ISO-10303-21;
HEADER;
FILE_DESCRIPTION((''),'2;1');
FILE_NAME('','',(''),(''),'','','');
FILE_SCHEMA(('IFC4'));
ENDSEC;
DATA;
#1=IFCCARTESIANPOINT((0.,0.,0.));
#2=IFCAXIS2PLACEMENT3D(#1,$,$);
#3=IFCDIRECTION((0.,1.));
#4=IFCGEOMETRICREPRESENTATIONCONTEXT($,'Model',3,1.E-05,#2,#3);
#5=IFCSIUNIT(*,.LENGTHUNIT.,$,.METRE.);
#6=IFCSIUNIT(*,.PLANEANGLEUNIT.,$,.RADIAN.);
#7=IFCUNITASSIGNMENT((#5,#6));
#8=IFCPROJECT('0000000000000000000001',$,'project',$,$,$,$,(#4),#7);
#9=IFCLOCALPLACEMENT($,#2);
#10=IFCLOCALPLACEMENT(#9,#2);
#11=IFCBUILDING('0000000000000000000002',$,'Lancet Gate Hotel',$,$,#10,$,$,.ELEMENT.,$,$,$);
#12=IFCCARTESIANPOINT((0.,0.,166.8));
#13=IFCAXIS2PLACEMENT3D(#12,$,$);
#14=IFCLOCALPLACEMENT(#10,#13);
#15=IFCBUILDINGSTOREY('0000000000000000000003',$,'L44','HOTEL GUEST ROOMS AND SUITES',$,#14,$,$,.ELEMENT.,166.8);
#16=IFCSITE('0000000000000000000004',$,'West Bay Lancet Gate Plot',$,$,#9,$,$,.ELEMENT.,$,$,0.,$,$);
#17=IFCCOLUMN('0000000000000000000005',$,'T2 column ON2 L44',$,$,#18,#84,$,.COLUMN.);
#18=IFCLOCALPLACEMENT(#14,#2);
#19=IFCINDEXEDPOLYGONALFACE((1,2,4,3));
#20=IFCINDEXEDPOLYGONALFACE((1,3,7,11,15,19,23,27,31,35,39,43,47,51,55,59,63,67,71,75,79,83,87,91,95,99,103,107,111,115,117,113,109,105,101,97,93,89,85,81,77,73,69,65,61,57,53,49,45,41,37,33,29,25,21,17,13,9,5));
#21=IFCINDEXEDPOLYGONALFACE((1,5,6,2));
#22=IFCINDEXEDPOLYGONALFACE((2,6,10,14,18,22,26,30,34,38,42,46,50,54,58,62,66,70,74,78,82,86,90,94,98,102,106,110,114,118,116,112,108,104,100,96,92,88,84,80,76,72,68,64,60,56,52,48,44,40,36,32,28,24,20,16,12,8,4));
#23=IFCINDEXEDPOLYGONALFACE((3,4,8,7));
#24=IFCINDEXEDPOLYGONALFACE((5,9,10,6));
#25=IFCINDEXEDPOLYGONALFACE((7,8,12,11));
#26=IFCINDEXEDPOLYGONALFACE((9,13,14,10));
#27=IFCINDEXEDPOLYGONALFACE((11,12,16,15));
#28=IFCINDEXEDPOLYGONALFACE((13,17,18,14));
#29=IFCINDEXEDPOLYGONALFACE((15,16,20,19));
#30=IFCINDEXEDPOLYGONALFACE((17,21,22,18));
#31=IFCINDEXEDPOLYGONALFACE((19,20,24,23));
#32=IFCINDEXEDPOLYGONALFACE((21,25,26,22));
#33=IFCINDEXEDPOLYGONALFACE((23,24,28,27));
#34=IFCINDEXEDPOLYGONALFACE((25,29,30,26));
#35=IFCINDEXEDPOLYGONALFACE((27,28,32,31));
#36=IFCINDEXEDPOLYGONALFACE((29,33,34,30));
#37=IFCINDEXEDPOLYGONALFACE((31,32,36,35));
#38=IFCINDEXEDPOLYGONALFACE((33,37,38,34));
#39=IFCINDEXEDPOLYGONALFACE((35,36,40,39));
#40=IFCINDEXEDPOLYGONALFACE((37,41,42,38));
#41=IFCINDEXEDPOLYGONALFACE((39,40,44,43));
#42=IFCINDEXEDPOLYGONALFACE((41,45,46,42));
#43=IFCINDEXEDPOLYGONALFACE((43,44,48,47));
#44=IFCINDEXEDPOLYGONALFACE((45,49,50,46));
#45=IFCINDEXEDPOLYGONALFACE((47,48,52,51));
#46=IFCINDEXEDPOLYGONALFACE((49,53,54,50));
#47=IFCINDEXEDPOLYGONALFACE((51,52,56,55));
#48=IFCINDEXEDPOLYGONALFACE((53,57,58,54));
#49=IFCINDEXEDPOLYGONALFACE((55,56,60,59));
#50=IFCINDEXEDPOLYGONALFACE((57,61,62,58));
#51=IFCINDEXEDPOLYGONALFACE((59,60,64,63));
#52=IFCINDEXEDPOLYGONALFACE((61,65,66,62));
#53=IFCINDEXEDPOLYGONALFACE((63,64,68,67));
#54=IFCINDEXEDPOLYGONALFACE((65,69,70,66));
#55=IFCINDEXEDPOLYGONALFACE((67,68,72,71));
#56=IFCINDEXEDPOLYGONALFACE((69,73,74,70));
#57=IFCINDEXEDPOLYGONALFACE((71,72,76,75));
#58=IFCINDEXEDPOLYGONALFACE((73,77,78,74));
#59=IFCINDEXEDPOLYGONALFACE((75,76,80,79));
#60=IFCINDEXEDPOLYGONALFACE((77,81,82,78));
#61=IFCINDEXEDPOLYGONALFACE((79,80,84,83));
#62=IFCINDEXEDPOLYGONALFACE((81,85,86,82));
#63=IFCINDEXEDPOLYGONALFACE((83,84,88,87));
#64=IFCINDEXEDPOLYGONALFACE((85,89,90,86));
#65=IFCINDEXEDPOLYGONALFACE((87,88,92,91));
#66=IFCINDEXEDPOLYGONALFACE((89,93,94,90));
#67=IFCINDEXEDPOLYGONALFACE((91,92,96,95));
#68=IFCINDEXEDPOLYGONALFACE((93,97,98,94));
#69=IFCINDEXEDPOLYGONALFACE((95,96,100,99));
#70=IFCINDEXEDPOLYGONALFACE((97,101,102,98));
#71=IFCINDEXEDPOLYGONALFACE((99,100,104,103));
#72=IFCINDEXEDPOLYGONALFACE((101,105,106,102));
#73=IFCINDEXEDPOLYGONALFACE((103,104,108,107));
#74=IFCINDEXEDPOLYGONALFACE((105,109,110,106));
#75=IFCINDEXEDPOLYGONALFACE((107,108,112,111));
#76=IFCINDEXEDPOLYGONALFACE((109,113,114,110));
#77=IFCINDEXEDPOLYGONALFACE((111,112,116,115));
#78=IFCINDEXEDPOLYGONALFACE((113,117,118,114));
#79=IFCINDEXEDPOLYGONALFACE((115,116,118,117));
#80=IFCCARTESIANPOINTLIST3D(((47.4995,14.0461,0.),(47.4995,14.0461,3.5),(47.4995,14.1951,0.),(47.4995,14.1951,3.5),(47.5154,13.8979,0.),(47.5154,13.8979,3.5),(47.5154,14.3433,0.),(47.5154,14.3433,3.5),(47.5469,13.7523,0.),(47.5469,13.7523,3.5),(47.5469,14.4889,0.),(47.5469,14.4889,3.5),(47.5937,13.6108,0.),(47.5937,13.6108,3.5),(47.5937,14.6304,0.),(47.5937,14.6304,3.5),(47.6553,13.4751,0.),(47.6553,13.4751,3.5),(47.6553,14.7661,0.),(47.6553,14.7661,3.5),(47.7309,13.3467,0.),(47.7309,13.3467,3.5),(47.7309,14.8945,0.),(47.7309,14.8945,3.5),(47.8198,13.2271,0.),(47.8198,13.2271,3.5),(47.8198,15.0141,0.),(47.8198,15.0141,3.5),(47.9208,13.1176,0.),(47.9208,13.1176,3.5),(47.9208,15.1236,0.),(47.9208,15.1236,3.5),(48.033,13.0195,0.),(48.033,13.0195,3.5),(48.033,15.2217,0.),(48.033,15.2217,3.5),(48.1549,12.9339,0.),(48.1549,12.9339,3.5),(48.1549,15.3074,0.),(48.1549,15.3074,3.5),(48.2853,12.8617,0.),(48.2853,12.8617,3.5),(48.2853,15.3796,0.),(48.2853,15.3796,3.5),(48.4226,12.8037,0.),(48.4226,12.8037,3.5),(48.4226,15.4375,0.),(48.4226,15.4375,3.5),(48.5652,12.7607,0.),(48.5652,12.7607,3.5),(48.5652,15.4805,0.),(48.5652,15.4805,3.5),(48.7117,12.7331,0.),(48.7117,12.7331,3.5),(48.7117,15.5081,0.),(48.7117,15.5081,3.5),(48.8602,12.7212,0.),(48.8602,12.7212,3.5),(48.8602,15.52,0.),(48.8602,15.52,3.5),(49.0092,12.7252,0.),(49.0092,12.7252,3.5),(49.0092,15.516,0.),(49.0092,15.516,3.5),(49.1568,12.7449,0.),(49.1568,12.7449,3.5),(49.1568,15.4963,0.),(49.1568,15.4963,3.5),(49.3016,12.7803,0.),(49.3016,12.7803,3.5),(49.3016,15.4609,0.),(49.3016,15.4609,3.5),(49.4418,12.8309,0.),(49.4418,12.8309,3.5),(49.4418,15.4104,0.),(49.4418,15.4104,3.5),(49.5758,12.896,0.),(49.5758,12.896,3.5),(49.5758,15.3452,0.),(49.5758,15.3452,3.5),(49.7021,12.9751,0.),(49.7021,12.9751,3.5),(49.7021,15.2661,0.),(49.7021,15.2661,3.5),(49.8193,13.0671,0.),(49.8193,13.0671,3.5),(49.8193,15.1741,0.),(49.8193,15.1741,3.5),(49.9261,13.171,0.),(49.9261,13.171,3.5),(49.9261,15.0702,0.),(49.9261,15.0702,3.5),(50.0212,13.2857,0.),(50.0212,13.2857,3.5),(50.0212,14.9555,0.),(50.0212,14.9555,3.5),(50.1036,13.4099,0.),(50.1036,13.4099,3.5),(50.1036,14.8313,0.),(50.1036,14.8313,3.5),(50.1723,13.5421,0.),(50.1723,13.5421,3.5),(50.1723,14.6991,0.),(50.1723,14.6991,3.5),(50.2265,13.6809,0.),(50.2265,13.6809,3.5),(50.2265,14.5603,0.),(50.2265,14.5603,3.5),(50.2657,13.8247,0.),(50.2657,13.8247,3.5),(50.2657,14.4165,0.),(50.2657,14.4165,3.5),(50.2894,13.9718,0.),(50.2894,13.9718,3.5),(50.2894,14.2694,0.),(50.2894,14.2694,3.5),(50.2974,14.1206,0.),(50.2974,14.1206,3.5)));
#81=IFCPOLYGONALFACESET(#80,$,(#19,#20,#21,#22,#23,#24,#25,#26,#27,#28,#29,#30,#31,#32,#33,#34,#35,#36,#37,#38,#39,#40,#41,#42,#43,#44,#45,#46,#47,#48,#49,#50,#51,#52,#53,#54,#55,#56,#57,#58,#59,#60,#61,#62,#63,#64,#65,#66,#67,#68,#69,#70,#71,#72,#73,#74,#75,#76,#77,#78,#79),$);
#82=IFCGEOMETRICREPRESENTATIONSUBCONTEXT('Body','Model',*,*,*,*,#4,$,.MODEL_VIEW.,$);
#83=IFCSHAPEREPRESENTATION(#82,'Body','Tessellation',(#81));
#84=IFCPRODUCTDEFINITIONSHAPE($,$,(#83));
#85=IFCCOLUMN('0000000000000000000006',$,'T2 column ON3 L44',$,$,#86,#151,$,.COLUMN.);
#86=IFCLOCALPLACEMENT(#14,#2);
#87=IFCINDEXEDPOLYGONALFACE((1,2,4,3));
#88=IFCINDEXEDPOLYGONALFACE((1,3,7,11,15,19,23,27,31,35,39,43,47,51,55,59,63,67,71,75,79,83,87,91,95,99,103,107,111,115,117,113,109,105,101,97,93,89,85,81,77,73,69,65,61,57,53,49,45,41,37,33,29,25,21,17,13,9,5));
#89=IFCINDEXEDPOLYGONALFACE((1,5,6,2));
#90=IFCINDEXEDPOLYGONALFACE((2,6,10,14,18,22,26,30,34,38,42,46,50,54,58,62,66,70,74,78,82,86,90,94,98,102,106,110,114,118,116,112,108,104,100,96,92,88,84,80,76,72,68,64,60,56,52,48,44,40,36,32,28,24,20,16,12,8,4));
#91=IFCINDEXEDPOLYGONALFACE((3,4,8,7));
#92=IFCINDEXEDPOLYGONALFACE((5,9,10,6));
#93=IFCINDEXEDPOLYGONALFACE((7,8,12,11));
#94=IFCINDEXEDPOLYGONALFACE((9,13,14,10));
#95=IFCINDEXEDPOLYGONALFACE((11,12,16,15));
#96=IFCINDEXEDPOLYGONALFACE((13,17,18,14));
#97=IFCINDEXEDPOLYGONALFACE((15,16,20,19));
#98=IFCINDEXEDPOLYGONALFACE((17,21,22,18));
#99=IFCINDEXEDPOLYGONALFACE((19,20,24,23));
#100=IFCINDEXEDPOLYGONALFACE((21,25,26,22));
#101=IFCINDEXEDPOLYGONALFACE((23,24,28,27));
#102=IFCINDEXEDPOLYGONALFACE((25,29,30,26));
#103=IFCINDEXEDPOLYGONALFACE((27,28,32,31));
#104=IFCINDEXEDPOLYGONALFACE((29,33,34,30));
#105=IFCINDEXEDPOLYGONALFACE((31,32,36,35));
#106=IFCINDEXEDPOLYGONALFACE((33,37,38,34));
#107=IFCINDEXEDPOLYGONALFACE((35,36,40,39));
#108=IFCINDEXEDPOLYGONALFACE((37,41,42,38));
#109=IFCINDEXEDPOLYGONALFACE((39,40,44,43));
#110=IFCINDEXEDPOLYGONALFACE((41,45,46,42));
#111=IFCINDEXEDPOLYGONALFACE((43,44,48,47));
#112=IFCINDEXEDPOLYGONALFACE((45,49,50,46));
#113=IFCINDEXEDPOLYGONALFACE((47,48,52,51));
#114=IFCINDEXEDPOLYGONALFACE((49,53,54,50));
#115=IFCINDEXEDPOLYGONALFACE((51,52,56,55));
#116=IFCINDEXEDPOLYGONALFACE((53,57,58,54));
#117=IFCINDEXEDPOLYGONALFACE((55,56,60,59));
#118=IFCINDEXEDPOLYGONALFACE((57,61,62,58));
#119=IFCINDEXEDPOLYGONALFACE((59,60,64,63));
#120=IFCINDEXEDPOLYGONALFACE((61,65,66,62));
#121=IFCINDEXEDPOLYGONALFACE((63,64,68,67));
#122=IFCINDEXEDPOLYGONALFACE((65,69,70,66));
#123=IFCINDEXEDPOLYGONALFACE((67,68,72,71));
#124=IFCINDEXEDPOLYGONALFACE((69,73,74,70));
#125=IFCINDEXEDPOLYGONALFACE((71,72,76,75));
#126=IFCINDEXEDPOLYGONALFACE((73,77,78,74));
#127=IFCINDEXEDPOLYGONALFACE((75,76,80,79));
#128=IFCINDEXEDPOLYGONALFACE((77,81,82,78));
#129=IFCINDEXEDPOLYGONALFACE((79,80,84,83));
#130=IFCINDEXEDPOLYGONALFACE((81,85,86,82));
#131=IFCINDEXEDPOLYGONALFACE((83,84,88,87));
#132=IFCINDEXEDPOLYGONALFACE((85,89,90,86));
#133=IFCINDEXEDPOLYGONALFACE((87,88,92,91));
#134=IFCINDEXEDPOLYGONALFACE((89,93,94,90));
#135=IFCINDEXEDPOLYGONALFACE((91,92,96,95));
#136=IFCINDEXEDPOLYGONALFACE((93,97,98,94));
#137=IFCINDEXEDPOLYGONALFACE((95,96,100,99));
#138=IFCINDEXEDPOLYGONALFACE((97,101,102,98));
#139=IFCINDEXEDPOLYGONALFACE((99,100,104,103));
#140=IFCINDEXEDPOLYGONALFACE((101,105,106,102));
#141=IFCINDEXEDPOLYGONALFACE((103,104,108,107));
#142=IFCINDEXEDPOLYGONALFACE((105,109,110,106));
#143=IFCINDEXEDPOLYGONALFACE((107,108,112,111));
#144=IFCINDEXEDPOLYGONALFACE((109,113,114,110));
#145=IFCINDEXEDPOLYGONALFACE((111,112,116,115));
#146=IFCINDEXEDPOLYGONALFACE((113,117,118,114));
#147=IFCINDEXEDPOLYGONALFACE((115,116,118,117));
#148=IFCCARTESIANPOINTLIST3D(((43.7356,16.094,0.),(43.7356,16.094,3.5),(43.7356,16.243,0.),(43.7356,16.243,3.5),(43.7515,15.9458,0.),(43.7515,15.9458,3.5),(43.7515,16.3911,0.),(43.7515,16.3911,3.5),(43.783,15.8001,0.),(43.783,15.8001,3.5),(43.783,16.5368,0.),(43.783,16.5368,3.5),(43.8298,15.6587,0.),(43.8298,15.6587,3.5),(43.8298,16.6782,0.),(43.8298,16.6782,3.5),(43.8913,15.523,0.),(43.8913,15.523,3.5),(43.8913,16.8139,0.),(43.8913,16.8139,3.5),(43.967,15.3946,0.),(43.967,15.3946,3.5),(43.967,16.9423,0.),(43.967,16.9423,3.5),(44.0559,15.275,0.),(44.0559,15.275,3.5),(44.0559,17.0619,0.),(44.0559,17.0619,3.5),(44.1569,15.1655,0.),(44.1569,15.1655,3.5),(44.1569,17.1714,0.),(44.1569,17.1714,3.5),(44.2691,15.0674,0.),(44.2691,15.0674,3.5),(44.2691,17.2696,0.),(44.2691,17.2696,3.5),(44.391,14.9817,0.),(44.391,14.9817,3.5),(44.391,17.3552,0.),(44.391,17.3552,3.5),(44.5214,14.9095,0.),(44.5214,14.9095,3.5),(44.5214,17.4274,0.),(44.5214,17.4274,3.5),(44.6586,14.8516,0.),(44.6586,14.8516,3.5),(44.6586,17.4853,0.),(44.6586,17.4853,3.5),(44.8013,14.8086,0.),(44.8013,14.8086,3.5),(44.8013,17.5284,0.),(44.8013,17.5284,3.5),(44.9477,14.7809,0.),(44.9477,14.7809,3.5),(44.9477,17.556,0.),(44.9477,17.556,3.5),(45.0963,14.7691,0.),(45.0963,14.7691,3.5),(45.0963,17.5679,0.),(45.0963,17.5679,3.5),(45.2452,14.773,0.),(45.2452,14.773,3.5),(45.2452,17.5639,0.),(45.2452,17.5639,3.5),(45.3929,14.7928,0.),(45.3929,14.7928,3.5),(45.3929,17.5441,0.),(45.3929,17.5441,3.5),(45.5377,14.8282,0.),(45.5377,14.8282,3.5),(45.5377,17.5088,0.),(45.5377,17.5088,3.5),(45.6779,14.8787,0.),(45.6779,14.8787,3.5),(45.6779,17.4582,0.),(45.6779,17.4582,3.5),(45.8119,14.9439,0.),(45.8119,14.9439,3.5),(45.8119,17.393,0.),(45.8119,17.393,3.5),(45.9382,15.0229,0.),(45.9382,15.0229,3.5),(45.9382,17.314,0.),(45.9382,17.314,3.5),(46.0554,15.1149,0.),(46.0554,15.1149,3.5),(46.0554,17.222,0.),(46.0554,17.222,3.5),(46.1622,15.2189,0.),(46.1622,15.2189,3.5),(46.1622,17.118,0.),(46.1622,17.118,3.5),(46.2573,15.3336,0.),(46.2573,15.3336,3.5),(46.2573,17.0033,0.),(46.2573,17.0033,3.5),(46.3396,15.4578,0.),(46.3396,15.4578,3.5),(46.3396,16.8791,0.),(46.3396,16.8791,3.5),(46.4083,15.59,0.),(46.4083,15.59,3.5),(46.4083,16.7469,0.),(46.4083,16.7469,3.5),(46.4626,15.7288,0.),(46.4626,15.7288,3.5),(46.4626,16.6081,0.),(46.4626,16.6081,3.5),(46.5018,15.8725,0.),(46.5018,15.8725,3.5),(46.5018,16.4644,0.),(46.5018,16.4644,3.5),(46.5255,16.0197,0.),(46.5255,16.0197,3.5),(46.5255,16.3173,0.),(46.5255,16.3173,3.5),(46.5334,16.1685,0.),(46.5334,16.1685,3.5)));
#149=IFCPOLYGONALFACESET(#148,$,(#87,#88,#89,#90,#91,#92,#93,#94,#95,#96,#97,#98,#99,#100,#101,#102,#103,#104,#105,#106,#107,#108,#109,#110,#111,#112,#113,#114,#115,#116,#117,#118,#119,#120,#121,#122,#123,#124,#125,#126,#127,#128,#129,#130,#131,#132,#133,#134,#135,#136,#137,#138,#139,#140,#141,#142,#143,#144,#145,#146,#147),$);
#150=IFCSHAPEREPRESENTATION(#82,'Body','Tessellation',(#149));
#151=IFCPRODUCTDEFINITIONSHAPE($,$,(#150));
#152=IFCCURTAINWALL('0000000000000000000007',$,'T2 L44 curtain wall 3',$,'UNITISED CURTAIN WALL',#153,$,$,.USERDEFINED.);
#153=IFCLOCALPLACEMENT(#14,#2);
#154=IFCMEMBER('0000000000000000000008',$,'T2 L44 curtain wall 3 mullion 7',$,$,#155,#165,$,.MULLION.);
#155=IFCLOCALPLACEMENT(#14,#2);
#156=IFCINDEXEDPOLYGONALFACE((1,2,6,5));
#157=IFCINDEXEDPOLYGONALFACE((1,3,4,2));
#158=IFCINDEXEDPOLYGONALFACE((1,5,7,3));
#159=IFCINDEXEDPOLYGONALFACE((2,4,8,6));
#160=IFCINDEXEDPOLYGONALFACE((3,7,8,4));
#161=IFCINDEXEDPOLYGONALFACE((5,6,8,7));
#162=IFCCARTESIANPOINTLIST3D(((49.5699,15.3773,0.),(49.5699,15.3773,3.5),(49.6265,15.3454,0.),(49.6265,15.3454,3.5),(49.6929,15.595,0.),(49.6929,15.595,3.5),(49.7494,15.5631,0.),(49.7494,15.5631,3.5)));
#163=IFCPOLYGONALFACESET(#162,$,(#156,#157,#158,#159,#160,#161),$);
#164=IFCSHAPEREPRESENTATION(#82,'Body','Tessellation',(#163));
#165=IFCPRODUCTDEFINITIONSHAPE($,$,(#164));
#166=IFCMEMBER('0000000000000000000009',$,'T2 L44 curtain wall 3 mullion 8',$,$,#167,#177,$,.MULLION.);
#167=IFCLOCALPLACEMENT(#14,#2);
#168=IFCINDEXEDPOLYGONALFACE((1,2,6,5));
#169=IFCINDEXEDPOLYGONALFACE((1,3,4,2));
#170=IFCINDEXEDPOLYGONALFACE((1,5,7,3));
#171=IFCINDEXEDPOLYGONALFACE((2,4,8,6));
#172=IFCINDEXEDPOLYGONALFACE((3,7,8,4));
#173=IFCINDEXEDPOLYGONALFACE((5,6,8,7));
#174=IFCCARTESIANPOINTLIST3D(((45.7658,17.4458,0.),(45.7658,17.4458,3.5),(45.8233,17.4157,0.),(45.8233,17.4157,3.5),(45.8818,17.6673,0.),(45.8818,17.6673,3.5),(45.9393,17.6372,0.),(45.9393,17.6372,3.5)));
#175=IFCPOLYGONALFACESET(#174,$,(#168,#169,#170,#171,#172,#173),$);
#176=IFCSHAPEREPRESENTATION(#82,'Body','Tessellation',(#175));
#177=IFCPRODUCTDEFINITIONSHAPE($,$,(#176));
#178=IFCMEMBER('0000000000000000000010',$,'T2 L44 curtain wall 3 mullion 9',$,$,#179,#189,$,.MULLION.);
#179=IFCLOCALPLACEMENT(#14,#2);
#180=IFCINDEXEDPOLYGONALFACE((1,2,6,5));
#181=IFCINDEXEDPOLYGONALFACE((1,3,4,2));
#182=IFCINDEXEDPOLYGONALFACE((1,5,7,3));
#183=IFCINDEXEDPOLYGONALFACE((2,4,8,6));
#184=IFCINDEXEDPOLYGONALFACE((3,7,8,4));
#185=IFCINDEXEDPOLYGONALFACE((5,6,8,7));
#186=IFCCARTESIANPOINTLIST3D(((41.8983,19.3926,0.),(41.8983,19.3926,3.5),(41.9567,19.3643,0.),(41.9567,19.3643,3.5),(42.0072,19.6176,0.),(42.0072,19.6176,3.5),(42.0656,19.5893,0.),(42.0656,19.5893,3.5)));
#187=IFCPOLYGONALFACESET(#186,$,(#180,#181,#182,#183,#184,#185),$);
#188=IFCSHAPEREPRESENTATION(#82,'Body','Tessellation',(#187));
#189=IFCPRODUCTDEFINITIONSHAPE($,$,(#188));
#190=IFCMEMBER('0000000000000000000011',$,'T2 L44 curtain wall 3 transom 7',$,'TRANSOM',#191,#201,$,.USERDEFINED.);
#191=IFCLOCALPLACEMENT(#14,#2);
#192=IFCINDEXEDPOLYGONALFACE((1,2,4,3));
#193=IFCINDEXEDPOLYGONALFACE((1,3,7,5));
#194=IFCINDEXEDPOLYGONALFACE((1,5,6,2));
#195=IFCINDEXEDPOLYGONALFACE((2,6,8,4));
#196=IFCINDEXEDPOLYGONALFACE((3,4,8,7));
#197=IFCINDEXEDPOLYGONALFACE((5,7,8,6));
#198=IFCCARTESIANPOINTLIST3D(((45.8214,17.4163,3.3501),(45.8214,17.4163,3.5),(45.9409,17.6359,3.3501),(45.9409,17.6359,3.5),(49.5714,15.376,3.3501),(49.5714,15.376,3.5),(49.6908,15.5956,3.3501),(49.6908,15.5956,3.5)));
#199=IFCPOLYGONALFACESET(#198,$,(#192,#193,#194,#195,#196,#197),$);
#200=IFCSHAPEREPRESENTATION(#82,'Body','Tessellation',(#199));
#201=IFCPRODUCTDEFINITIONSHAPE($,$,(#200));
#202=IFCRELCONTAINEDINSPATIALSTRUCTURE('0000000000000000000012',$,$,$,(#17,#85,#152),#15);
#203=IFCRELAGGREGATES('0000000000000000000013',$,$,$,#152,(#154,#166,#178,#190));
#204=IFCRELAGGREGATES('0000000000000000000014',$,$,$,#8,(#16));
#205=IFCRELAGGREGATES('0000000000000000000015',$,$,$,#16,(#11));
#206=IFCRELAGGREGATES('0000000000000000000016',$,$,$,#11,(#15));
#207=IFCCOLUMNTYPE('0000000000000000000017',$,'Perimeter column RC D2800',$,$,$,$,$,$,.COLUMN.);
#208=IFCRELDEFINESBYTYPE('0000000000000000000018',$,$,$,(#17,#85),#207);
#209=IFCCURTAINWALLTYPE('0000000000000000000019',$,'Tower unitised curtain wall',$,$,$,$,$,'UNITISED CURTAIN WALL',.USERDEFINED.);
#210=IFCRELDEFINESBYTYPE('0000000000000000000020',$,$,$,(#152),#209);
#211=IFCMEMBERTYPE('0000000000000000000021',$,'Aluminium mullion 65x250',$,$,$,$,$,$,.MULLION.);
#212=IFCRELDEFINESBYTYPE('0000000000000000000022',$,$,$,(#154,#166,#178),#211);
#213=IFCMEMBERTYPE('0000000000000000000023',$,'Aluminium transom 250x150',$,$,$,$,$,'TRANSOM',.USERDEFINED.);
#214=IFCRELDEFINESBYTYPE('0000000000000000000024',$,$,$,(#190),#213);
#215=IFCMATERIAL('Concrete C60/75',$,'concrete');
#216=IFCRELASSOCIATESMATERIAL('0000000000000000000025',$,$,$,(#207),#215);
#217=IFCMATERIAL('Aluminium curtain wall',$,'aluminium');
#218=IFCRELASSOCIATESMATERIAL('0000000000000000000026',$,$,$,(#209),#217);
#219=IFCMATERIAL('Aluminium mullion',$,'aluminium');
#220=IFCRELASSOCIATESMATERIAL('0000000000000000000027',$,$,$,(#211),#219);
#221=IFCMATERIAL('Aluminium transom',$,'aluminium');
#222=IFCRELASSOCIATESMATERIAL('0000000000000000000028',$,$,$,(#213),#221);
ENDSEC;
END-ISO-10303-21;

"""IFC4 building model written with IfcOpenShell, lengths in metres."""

from ifc_helpers import new_model, si_unit, direction, frame, origin, origin_2d, place, context, subcontext, project, spatial, rectangle, circle, extrude, material, material_profile, profile_set, type_object, element, aggregate, save


model = new_model("IFC4")

# Units and contexts
model_context = context("Model", 3, precision=1e-05, world=origin(), true_north=direction((0.0, 1.0)))
body_context = subcontext(model_context, "Body", "Model", "MODEL_VIEW")
ifc_project = project(units=[si_unit("LENGTHUNIT", "METRE"), si_unit("PLANEANGLEUNIT", "RADIAN")], contexts=[model_context])

# Site, building, storey
site_placement = place(None, origin())
site = spatial("IfcSite", under=ifc_project, at=site_placement, Name="West Bay Lancet Gate Plot", CompositionType="ELEMENT", RefElevation=0.0)
building_placement = place(site_placement, origin())
building = spatial("IfcBuilding", under=site, at=building_placement, Name="Lancet Gate Hotel", CompositionType="ELEMENT")
storey_placement = place(building_placement, frame((0.0, 0.0, 166.8)))
storey = spatial("IfcBuildingStorey", under=building, at=storey_placement, Name="L44", Description="HOTEL GUEST ROOMS AND SUITES", CompositionType="ELEMENT", Elevation=166.8)

# Columns
ifc_material_1 = material(Name="Concrete C60/75", Category="concrete")
ifc_material_profile_1 = material_profile(ifc_material_1, circle(Radius=1.3999, at=origin_2d()), Name="RC D2800")
ifc_profile_set_1 = profile_set([ifc_material_profile_1], Name="Concrete C60/75")
column_type = type_object("IfcColumnType", Name="Perimeter column RC D2800", PredefinedType="COLUMN", material=ifc_profile_set_1)
for number, where, z_axis, x_axis, name in (
    (1, (48.8975, 14.1206, 0.0), (0.0, 0.0, 1.0), (1.0, 0.0, 0.0), "T2 column ON2 L44"),
    (2, (45.1335, 16.1685, 0.0), (0.0, 0.0, 1.0), (1.0, 0.0, 0.0), "T2 column ON3 L44"),
):
    element("IfcColumn", number, at=place(storey_placement, frame(where, z_axis=z_axis, x_axis=x_axis)), inside=storey, type_object=column_type, Name=name, PredefinedType="COLUMN", context=body_context, shape_type="SweptSolid", body=[
        extrude(circle(Radius=1.3999, at=origin_2d()), origin(), (0.0, 0.0, 1.0), 3.5),
    ])

# Curtain wall, members
ifc_material_2 = material(Name="Aluminium curtain wall", Category="aluminium")
curtain_wall_type = type_object("IfcCurtainWallType", Name="Tower unitised curtain wall", ElementType="UNITISED CURTAIN WALL", PredefinedType="USERDEFINED", material=ifc_material_2)
curtain_wall_placement = place(storey_placement, origin())
curtain_wall = element("IfcCurtainWall", 3, at=curtain_wall_placement, inside=storey, type_object=curtain_wall_type, Name="T2 L44 curtain wall 3", ObjectType="UNITISED CURTAIN WALL", PredefinedType="USERDEFINED")
ifc_material_3 = material(Name="Aluminium mullion", Category="aluminium")
ifc_material_profile_2 = material_profile(ifc_material_3, rectangle(XDim=0.0649, YDim=0.25, at=origin_2d()), Name="MULLION 65x250")
ifc_profile_set_2 = profile_set([ifc_material_profile_2], Name="Aluminium mullion")
member_type_1 = type_object("IfcMemberType", Name="Aluminium mullion 65x250", PredefinedType="MULLION", material=ifc_profile_set_2)
member_1_placement = place(storey_placement, frame((49.6597, 15.4702, 0.0), z_axis=(0.0, 0.0, 1.0), x_axis=(-0.870722, 0.491776, 0.0)))
member_1 = element("IfcMember", 4, at=member_1_placement, type_object=member_type_1, Name="T2 L44 curtain wall 3 mullion 7", PredefinedType="MULLION", context=body_context, shape_type="SweptSolid", body=[
    extrude(rectangle(XDim=0.0649, YDim=0.25, at=origin_2d()), origin(), (0.0, 0.0, 1.0), 3.5),
])
member_2_placement = place(storey_placement, frame((45.8525, 17.5415, 0.0), z_axis=(0.0, 0.0, 1.0), x_axis=(-0.885877, 0.46392, 0.0)))
member_2 = element("IfcMember", 5, at=member_2_placement, type_object=member_type_1, Name="T2 L44 curtain wall 3 mullion 8", PredefinedType="MULLION", context=body_context, shape_type="SweptSolid", body=[
    extrude(rectangle(XDim=0.0649, YDim=0.25, at=origin_2d()), origin(), (0.0, 0.0, 1.0), 3.5),
])
member_3_placement = place(storey_placement, frame((41.9819, 19.491, 0.0), z_axis=(0.0, 0.0, 1.0), x_axis=(-0.900141, 0.435598, 0.0)))
member_3 = element("IfcMember", 6, at=member_3_placement, type_object=member_type_1, Name="T2 L44 curtain wall 3 mullion 9", PredefinedType="MULLION", context=body_context, shape_type="SweptSolid", body=[
    extrude(rectangle(XDim=0.0649, YDim=0.25, at=origin_2d()), origin(), (0.0, 0.0, 1.0), 3.5),
])
ifc_material_4 = material(Name="Aluminium transom", Category="aluminium")
ifc_material_profile_3 = material_profile(ifc_material_4, rectangle(XDim=0.25, YDim=0.1499, at=origin_2d()), Name="TRANSOM 250x150")
ifc_profile_set_3 = profile_set([ifc_material_profile_3], Name="Aluminium transom")
member_type_2 = type_object("IfcMemberType", Name="Aluminium transom 250x150", ElementType="TRANSOM", PredefinedType="USERDEFINED", material=ifc_profile_set_3)
member_4_placement = place(storey_placement, frame((49.6311, 15.4858, 3.425), z_axis=(-0.878404, 0.477918, 0.0), x_axis=(-0.477918, -0.878404, 0.0)))
member_4 = element("IfcMember", 7, at=member_4_placement, type_object=member_type_2, Name="T2 L44 curtain wall 3 transom 7", ObjectType="TRANSOM", PredefinedType="USERDEFINED", context=body_context, shape_type="SweptSolid", body=[
    extrude(rectangle(XDim=0.25, YDim=0.1499, at=origin_2d()), origin(), (0.0, 0.0, 1.0), 4.269),
])

aggregate(curtain_wall, [member_1, member_2, member_3, member_4])

save(model, "model.ifc")
